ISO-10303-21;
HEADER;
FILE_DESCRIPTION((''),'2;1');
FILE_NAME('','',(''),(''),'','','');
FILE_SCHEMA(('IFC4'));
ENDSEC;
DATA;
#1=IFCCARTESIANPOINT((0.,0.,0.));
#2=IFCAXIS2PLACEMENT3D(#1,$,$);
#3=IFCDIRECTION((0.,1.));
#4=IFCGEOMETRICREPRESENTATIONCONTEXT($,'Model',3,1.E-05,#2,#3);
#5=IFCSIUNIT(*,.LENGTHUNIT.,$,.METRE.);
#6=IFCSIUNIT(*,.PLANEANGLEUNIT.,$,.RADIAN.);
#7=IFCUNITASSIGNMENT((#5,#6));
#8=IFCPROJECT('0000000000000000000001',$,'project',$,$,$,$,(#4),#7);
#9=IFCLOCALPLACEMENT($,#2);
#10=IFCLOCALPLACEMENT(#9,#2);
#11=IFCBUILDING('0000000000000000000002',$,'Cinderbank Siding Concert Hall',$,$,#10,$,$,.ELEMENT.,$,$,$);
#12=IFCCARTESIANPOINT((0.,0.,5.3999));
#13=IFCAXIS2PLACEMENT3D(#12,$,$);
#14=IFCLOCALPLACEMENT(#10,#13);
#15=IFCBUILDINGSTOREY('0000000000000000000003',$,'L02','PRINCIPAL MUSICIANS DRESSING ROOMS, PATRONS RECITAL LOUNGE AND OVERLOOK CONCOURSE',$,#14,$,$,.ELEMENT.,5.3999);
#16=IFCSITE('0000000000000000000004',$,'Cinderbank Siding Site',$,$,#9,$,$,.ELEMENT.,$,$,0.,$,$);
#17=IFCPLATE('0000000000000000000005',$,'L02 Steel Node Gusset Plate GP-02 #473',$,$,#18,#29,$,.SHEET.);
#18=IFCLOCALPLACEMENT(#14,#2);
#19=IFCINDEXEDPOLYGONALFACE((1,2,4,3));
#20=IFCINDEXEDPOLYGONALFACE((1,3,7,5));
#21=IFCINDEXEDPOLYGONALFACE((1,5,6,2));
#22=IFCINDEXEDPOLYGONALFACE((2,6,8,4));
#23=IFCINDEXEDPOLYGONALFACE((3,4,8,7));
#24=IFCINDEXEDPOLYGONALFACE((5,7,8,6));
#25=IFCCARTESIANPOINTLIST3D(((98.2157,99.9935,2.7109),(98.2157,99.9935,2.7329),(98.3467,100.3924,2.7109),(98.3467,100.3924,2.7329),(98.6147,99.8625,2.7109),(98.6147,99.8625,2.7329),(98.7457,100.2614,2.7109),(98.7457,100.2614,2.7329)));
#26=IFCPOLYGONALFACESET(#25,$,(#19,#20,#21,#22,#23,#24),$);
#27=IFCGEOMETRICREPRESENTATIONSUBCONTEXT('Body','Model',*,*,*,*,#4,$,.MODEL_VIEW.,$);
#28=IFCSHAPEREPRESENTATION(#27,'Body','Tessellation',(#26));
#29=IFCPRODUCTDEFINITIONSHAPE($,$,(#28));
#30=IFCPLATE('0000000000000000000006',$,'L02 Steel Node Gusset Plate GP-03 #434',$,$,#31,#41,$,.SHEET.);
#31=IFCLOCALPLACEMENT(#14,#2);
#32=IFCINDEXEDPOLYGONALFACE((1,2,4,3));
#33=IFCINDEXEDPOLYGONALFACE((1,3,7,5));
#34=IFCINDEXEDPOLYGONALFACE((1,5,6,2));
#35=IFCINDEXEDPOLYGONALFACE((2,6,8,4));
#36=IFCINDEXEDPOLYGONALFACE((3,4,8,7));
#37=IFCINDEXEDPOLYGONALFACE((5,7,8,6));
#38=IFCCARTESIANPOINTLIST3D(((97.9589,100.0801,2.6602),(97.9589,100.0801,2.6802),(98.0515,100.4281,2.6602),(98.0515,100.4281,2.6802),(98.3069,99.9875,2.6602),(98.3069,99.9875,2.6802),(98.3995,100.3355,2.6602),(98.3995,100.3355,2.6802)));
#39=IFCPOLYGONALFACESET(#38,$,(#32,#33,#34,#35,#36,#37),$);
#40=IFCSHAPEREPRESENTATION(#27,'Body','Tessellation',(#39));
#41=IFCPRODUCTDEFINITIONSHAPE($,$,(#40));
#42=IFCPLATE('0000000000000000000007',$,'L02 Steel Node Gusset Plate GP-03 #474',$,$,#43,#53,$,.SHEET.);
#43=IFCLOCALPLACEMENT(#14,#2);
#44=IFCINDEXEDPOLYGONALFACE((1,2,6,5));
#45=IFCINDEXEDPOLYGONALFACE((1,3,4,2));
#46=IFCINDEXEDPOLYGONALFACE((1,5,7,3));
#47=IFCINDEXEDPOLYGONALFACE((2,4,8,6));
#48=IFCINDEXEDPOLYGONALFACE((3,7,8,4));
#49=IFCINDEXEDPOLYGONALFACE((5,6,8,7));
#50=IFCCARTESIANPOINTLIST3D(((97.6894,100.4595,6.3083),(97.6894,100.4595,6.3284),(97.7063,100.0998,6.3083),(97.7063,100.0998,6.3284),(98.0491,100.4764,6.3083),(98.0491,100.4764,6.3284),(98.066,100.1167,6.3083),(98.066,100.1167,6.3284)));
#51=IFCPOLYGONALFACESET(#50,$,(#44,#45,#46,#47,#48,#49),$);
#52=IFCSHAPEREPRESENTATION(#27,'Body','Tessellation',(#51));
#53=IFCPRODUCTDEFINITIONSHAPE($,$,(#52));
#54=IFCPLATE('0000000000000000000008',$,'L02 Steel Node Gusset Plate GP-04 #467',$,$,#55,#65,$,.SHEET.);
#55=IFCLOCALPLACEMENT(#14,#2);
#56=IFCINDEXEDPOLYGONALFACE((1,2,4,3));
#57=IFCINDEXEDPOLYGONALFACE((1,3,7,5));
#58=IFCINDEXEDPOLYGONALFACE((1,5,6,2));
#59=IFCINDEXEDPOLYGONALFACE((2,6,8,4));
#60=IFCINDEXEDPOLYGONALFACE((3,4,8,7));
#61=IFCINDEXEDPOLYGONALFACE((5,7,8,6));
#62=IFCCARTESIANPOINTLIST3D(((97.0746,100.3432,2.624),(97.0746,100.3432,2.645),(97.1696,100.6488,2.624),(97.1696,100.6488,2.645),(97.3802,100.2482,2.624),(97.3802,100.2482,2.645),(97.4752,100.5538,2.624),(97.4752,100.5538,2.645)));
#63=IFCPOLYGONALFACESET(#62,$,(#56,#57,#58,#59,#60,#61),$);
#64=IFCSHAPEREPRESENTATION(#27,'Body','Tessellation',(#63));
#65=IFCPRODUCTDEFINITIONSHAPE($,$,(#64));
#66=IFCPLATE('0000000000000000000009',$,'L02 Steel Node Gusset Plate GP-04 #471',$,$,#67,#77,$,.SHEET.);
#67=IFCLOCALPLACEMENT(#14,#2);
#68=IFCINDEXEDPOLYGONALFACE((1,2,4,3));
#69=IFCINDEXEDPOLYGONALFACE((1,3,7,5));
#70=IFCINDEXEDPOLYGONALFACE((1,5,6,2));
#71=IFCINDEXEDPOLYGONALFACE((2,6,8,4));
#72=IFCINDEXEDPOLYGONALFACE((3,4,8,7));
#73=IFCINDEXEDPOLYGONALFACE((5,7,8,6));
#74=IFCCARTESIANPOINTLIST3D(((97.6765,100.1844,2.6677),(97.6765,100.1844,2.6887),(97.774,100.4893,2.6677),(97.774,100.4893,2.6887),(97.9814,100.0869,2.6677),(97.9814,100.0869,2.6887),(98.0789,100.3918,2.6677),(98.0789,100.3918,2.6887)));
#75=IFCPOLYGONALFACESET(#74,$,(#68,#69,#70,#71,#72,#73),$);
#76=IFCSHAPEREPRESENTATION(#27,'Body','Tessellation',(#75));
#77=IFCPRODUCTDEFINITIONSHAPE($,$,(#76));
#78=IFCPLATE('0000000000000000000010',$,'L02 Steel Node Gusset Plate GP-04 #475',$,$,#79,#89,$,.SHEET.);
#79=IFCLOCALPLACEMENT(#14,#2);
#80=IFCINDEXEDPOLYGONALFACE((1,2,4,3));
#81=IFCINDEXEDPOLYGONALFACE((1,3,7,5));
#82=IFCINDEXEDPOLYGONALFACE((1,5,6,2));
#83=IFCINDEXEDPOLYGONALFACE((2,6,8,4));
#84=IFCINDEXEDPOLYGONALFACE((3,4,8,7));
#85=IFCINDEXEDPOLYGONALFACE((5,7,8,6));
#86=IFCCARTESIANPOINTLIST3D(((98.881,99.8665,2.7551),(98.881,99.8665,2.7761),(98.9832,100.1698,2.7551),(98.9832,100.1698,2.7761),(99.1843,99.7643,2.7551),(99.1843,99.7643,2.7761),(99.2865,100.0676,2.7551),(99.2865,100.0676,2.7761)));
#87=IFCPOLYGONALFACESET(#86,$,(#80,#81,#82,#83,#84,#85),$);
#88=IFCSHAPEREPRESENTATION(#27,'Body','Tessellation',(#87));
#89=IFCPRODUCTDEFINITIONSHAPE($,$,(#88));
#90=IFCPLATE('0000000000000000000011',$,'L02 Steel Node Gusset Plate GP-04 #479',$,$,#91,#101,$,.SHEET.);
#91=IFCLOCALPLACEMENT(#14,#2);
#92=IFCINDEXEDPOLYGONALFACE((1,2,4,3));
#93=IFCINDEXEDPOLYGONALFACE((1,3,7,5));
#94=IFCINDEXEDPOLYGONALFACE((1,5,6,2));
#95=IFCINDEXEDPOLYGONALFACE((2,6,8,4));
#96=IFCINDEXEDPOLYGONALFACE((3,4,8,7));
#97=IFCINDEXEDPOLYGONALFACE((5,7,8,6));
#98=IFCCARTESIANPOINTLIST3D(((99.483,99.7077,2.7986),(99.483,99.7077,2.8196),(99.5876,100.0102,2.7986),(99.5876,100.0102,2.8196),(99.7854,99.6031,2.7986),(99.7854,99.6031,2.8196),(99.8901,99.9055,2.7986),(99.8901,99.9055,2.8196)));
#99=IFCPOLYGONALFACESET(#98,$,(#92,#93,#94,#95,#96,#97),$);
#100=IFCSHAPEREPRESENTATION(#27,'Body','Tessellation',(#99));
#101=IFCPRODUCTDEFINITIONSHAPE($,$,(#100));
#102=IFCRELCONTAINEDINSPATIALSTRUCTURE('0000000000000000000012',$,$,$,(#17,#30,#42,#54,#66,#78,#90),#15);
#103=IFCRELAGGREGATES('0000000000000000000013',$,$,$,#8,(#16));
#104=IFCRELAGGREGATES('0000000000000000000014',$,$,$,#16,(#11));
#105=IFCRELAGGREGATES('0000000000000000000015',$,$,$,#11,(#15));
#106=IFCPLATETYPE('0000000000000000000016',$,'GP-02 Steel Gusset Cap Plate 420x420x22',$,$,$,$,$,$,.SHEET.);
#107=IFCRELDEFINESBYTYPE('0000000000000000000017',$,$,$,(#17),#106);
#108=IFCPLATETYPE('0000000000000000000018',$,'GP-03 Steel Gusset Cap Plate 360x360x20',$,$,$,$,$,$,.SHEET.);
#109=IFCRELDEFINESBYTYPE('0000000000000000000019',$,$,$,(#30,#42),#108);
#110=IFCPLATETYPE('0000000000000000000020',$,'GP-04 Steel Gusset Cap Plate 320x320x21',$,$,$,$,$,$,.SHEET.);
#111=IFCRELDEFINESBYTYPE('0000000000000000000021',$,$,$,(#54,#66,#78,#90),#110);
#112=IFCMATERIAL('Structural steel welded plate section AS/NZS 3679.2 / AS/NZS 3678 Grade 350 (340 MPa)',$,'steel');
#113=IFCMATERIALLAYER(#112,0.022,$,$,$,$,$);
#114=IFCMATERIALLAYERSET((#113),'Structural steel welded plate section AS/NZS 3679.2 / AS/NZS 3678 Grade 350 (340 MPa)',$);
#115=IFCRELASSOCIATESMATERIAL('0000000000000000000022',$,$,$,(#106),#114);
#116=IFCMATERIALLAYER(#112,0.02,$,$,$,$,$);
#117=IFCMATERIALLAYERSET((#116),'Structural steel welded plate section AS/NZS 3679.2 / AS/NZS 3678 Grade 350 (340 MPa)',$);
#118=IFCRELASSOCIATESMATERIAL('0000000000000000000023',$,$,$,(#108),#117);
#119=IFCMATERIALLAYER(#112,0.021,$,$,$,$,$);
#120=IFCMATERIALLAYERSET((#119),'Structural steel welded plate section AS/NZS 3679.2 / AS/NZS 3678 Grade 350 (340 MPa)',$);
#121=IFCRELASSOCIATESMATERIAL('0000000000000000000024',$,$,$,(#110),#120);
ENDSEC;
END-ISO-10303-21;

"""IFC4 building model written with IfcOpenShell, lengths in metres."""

from ifc_helpers import new_model, si_unit, direction, frame, origin, origin_2d, place, context, subcontext, project, spatial, rectangle, extrude, material, layer, layer_set, type_object, element, save


model = new_model("IFC4")

# Units and contexts
model_context = context("Model", 3, precision=1e-05, world=origin(), true_north=direction((0.0, 1.0)))
body_context = subcontext(model_context, "Body", "Model", "MODEL_VIEW")
ifc_project = project(units=[si_unit("LENGTHUNIT", "METRE"), si_unit("PLANEANGLEUNIT", "RADIAN")], contexts=[model_context])

# Site, building, storey
site_placement = place(None, origin())
site = spatial("IfcSite", under=ifc_project, at=site_placement, Name="Cinderbank Siding Site", CompositionType="ELEMENT", RefElevation=0.0)
building_placement = place(site_placement, origin())
building = spatial("IfcBuilding", under=site, at=building_placement, Name="Cinderbank Siding Concert Hall", CompositionType="ELEMENT")
storey_placement = place(building_placement, frame((0.0, 0.0, 5.3999)))
storey = spatial("IfcBuildingStorey", under=building, at=storey_placement, Name="L02", Description="PRINCIPAL MUSICIANS DRESSING ROOMS, PATRONS RECITAL LOUNGE AND OVERLOOK CONCOURSE", CompositionType="ELEMENT", Elevation=5.3999)

# Plates
ifc_material_1 = material(Name="Structural steel welded plate section AS/NZS 3679.2 / AS/NZS 3678 Grade 350 (340 MPa)", Category="steel")
ifc_layer_1 = layer(ifc_material_1, 0.022)
ifc_layer_set_1 = layer_set([ifc_layer_1], Name="Structural steel welded plate section AS/NZS 3679.2 / AS/NZS 3678 Grade 350 (340 MPa)")
plate_type_1 = type_object("IfcPlateType", Name="GP-02 Steel Gusset Cap Plate 420x420x22", PredefinedType="SHEET", material=ifc_layer_set_1)
plate_1_placement = place(storey_placement, frame((98.4807, 100.1274, 2.7109), z_axis=(0.0, 0.0, 1.0), x_axis=(0.312003, 0.950081, 0.0)))
element("IfcPlate", 1, at=plate_1_placement, inside=storey, type_object=plate_type_1, Name="L02 Steel Node Gusset Plate GP-02 #473", PredefinedType="SHEET", context=body_context, shape_type="SweptSolid", body=[
    extrude(rectangle(XDim=0.4199, YDim=0.4199, at=origin_2d()), origin(), (0.0, 0.0, 1.0), 0.022),
])
ifc_layer_2 = layer(ifc_material_1, 0.02)
ifc_layer_set_2 = layer_set([ifc_layer_2], Name="Structural steel welded plate section AS/NZS 3679.2 / AS/NZS 3678 Grade 350 (340 MPa)")
plate_type_2 = type_object("IfcPlateType", Name="GP-03 Steel Gusset Cap Plate 360x360x20", PredefinedType="SHEET", material=ifc_layer_set_2)
for number, where, z_axis, x_axis, name in (
    (2, (98.1792, 100.2078, 2.6602), (0.0, 0.0, 1.0), (0.966376, -0.257133, 0.0), "L02 Steel Node Gusset Plate GP-03 #434"),
    (3, (97.8777, 100.2881, 6.3083), (0.0, 0.0, 1.0), (0.046932, -0.998898, 0.0), "L02 Steel Node Gusset Plate GP-03 #474"),
):
    element("IfcPlate", number, at=place(storey_placement, frame(where, z_axis=z_axis, x_axis=x_axis)), inside=storey, type_object=plate_type_2, Name=name, PredefinedType="SHEET", context=body_context, shape_type="SweptSolid", body=[
        extrude(rectangle(XDim=0.3601, YDim=0.3601, at=origin_2d()), origin(), (0.0, 0.0, 1.0), 0.02),
    ])
ifc_layer_3 = layer(ifc_material_1, 0.021)
ifc_layer_set_3 = layer_set([ifc_layer_3], Name="Structural steel welded plate section AS/NZS 3679.2 / AS/NZS 3678 Grade 350 (340 MPa)")
plate_type_3 = type_object("IfcPlateType", Name="GP-04 Steel Gusset Cap Plate 320x320x21", PredefinedType="SHEET", material=ifc_layer_set_3)
for number, where, z_axis, x_axis, name in (
    (4, (97.2749, 100.4485, 2.624), (0.0, 0.0, 1.0), (0.296875, 0.954916, 0.0), "L02 Steel Node Gusset Plate GP-04 #467"),
    (5, (97.8777, 100.2881, 2.6677), (0.0, 0.0, 1.0), (0.304532, 0.952502, 0.0), "L02 Steel Node Gusset Plate GP-04 #471"),
    (6, (99.0837, 99.967, 2.7551), (0.0, 0.0, 1.0), (0.319456, 0.947601, 0.0), "L02 Steel Node Gusset Plate GP-04 #475"),
    (7, (99.6865, 99.8066, 2.7986), (0.0, 0.0, 1.0), (0.327053, 0.945006, 0.0), "L02 Steel Node Gusset Plate GP-04 #479"),
):
    element("IfcPlate", number, at=place(storey_placement, frame(where, z_axis=z_axis, x_axis=x_axis)), inside=storey, type_object=plate_type_3, Name=name, PredefinedType="SHEET", context=body_context, shape_type="SweptSolid", body=[
        extrude(rectangle(XDim=0.3201, YDim=0.3201, at=origin_2d()), origin(), (0.0, 0.0, 1.0), 0.021),
    ])

save(model, "model.ifc")
